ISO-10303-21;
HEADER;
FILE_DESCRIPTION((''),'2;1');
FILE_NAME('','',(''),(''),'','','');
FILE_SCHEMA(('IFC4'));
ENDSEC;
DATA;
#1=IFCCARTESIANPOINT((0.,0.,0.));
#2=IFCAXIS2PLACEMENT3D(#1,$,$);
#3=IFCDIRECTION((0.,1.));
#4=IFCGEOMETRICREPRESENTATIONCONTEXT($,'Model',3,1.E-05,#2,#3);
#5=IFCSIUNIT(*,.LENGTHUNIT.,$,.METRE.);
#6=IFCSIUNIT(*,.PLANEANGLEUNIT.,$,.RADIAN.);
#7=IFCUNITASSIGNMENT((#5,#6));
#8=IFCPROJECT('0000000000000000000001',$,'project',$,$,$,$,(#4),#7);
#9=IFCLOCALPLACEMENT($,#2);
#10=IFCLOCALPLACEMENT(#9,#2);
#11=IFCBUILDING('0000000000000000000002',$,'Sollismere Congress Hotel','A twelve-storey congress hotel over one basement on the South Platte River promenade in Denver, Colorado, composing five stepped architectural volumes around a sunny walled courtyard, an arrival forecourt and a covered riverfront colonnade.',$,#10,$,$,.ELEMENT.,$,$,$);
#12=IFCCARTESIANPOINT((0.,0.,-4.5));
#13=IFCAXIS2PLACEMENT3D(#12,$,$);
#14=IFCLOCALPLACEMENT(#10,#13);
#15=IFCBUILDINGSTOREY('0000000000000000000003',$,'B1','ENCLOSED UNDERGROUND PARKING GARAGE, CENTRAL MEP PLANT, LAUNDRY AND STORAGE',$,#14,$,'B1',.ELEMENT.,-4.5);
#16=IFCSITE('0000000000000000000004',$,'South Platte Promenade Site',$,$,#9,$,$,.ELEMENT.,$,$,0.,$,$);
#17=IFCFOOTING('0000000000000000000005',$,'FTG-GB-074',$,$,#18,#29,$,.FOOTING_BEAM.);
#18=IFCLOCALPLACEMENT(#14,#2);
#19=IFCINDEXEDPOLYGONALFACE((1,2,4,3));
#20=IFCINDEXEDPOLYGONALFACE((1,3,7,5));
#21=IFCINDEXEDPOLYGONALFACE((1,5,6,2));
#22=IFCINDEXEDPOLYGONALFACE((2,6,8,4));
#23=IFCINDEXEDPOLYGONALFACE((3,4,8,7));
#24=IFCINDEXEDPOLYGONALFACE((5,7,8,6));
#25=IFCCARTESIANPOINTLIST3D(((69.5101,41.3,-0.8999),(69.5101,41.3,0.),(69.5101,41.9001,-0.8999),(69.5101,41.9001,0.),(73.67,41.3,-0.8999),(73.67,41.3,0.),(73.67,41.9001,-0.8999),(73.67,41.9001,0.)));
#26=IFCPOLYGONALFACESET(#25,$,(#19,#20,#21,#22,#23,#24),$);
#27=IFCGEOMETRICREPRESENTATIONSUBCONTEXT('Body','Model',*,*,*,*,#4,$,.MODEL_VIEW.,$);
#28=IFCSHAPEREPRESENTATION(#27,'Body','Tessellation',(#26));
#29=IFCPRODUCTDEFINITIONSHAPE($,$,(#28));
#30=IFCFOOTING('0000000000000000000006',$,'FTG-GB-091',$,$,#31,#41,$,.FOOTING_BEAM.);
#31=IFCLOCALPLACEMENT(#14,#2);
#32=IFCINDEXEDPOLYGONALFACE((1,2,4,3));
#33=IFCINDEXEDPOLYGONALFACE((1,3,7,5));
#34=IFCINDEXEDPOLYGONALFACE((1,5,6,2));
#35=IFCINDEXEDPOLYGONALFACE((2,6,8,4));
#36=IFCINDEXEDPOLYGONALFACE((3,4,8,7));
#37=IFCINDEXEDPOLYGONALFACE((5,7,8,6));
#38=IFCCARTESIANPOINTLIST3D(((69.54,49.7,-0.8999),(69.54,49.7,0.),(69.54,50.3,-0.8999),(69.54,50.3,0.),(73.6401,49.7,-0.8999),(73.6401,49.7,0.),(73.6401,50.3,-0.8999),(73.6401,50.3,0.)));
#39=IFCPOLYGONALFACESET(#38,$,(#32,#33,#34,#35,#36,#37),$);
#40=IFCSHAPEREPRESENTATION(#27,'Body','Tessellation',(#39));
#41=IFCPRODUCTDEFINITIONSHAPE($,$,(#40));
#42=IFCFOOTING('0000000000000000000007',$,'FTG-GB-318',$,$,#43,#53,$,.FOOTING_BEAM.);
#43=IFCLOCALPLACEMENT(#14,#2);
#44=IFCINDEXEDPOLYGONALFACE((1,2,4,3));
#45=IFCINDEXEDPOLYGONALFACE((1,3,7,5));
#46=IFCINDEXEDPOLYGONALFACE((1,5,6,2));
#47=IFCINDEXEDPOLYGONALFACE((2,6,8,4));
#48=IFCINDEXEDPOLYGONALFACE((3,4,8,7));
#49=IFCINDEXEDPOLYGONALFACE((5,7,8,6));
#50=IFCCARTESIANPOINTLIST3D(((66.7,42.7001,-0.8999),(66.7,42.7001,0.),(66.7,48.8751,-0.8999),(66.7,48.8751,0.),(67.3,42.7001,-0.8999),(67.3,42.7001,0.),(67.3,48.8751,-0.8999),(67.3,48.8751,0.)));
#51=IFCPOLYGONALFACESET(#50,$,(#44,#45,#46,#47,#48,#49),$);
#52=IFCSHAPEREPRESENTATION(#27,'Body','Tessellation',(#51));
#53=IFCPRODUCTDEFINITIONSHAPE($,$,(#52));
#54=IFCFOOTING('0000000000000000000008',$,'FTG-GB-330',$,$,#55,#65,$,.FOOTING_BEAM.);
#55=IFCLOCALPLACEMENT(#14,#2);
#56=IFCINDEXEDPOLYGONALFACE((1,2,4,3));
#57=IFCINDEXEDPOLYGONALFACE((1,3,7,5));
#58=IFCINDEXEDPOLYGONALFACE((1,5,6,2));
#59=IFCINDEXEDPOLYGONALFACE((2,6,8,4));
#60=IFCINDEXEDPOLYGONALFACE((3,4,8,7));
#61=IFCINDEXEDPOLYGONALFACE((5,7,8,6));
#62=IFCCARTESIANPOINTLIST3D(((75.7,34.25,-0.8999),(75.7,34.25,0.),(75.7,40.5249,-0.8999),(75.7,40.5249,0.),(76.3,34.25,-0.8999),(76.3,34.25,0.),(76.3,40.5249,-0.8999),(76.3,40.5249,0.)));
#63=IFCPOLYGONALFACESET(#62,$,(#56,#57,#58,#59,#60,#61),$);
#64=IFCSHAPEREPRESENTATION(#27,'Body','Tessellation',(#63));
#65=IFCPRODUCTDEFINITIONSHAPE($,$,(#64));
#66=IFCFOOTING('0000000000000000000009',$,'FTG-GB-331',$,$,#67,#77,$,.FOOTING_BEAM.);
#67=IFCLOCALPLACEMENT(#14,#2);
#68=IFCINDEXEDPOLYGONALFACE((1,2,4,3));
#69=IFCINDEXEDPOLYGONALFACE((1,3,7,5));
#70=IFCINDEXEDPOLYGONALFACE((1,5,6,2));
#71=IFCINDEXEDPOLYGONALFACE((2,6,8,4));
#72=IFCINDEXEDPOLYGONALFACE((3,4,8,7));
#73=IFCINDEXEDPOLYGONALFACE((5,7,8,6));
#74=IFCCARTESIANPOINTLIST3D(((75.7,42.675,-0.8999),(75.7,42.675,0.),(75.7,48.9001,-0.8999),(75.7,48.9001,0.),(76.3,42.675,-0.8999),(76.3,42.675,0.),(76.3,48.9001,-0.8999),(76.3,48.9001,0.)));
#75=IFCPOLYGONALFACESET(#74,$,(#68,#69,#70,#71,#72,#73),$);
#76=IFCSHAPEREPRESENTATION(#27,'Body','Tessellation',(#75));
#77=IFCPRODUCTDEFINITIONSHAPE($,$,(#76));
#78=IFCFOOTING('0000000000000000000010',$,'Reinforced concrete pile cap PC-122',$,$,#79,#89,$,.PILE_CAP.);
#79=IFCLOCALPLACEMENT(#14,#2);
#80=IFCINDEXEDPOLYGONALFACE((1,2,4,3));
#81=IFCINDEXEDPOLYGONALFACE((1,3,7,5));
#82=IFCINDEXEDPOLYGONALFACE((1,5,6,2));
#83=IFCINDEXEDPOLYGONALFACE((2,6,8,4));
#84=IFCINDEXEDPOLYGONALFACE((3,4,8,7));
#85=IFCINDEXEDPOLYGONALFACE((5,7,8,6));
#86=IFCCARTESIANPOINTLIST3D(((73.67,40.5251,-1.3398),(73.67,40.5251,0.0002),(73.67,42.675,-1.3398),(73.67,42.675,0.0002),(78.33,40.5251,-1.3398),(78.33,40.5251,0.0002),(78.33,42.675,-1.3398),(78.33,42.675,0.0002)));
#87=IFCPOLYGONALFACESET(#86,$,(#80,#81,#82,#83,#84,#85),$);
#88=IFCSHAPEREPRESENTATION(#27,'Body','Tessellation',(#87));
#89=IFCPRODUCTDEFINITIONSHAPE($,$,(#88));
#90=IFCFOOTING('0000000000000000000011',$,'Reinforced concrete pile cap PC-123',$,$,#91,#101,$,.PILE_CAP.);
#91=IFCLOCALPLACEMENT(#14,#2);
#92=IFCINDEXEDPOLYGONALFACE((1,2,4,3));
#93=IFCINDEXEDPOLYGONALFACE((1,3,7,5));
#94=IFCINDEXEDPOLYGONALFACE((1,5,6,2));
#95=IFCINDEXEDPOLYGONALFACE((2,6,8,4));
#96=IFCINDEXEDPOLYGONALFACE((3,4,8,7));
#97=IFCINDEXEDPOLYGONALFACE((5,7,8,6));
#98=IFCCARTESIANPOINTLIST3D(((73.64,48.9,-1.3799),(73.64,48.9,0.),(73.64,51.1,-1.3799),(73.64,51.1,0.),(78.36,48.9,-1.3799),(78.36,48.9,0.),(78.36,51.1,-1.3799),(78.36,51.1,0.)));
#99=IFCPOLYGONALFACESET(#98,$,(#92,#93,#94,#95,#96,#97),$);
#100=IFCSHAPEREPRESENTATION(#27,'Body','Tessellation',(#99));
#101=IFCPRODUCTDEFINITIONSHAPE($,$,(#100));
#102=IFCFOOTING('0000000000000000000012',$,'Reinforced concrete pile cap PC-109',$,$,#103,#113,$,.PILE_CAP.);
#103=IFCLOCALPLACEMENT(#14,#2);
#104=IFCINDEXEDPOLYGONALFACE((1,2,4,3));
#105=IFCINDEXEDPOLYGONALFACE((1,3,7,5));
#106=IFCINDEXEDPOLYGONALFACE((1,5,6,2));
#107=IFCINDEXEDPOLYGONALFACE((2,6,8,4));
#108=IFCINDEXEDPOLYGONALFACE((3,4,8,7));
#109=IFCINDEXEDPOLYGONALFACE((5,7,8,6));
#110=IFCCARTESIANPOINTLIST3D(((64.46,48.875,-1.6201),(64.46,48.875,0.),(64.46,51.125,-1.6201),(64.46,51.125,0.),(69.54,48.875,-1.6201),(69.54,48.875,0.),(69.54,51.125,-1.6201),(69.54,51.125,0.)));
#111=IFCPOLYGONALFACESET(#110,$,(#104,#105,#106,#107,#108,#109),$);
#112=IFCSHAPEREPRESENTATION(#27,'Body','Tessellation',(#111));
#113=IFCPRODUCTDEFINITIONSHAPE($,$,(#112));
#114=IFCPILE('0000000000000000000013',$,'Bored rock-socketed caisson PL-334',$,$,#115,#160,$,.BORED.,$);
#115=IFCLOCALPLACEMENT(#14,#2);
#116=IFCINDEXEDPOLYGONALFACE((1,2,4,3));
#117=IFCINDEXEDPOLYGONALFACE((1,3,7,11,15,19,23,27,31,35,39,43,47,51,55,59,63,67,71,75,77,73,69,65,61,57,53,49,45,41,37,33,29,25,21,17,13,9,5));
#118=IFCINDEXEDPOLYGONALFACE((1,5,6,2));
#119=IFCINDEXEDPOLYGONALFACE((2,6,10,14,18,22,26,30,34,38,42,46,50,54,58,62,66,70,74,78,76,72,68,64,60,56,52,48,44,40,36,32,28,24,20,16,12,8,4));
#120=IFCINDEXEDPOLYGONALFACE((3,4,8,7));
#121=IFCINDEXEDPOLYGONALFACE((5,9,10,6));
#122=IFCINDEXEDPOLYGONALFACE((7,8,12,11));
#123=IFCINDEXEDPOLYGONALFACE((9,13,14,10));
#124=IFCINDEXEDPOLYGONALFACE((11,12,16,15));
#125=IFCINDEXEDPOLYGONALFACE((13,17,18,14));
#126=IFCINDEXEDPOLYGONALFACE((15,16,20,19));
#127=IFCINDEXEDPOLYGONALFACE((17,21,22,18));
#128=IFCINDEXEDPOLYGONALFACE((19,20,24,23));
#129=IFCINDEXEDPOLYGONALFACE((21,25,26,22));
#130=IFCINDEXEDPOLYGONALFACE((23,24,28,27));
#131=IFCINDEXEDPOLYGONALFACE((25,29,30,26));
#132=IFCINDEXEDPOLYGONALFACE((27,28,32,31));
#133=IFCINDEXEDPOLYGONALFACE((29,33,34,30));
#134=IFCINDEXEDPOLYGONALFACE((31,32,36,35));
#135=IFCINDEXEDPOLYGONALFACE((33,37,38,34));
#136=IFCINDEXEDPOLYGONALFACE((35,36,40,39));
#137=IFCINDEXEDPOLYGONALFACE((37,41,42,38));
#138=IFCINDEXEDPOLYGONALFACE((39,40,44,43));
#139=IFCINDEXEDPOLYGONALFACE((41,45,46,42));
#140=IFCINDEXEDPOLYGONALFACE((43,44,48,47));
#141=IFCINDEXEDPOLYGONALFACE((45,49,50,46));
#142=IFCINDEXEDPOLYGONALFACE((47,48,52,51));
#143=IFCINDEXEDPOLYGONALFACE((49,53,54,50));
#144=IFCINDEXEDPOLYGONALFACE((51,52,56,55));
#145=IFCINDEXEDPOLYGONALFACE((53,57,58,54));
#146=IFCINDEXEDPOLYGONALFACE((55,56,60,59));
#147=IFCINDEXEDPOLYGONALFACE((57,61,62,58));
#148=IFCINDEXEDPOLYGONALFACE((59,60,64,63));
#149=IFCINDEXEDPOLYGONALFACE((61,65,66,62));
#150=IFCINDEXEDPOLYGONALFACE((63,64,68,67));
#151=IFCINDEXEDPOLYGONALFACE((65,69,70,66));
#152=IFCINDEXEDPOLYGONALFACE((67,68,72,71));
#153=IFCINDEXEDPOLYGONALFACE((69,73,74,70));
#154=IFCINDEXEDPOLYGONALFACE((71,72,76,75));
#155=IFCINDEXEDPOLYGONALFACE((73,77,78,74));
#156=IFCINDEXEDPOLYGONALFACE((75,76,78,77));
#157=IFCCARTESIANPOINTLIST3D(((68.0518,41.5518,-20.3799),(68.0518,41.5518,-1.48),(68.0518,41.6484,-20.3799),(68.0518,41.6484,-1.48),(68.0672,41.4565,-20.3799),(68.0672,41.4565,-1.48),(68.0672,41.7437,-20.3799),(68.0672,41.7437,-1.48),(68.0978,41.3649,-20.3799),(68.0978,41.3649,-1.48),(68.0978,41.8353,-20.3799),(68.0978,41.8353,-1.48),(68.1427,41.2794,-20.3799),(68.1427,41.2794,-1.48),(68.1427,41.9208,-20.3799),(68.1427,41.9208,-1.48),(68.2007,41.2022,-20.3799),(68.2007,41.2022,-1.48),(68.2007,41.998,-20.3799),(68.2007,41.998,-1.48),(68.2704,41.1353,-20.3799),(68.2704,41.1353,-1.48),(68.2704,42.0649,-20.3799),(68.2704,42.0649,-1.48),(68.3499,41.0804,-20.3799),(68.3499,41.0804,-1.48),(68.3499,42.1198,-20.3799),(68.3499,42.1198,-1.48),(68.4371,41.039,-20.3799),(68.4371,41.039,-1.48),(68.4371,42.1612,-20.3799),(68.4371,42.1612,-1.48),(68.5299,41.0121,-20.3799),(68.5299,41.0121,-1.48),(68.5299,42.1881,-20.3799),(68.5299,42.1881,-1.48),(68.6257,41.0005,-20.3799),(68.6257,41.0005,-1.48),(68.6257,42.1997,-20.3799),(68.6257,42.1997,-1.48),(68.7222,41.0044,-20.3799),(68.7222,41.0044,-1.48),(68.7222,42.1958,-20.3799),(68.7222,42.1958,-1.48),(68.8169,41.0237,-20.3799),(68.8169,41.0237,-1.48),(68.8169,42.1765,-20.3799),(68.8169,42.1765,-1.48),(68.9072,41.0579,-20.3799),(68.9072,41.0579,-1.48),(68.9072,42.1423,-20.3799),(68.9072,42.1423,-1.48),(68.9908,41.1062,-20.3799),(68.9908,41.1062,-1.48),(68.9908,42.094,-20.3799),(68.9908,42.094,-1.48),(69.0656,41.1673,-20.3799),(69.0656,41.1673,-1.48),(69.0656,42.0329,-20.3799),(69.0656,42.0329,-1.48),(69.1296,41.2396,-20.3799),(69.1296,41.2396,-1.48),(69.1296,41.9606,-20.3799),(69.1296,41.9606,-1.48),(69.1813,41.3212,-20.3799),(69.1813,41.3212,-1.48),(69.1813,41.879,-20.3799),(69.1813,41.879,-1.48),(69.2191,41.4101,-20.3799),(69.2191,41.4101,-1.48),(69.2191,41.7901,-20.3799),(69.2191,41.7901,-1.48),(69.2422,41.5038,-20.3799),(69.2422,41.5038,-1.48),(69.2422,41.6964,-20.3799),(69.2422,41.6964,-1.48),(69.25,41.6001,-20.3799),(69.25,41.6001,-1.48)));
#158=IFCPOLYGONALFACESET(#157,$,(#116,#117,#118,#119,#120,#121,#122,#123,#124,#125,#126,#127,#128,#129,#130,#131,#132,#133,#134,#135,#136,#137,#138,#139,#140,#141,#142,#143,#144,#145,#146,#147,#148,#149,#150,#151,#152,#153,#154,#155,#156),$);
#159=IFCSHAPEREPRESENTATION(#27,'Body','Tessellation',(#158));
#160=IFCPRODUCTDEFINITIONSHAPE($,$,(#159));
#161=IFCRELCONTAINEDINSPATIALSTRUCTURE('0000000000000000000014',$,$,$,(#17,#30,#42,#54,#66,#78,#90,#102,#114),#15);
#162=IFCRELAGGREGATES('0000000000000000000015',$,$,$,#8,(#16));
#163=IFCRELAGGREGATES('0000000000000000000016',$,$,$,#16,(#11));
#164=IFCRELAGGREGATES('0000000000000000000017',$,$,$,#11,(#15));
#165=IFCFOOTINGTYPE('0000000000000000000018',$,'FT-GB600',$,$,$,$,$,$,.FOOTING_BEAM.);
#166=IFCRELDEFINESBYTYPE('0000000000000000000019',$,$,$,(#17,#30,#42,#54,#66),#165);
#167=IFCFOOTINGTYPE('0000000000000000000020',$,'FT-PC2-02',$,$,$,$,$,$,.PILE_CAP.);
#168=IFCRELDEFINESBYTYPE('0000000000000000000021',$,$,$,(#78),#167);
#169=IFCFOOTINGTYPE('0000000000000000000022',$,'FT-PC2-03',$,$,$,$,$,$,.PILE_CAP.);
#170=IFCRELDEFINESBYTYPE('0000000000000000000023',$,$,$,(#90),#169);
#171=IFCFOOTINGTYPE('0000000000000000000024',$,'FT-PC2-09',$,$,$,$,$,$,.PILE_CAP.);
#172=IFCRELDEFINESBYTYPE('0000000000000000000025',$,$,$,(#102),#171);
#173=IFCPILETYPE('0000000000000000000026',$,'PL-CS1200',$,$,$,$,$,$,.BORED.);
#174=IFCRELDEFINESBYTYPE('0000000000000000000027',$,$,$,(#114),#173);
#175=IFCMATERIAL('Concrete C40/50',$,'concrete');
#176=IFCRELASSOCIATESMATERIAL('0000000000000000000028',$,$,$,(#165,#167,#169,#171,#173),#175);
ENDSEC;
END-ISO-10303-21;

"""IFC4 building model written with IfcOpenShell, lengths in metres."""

from ifc_helpers import new_model, si_unit, direction, frame, origin, origin_2d, place, context, subcontext, project, spatial, rectangle, circle, extrude, material, material_profile, profile_set, type_object, element, save


model = new_model("IFC4")

# Units and contexts
model_context = context("Model", 3, precision=1e-05, world=origin(), true_north=direction((0.0, 1.0)))
body_context = subcontext(model_context, "Body", "Model", "MODEL_VIEW")
ifc_project = project(units=[si_unit("LENGTHUNIT", "METRE"), si_unit("PLANEANGLEUNIT", "RADIAN")], contexts=[model_context])

# Site, building, storey
site_placement = place(None, origin())
site = spatial("IfcSite", under=ifc_project, at=site_placement, Name="South Platte Promenade Site", CompositionType="ELEMENT", RefElevation=0.0)
building_placement = place(site_placement, origin())
building = spatial("IfcBuilding", under=site, at=building_placement, Name="Sollismere Congress Hotel", Description="A twelve-storey congress hotel over one basement on the South Platte River promenade in Denver, Colorado, composing five stepped architectural volumes around a sunny walled courtyard, an arrival forecourt and a covered riverfront colonnade.", CompositionType="ELEMENT")
storey_placement = place(building_placement, frame((0.0, 0.0, -4.5)))
storey = spatial("IfcBuildingStorey", under=building, at=storey_placement, Name="B1", Description="ENCLOSED UNDERGROUND PARKING GARAGE, CENTRAL MEP PLANT, LAUNDRY AND STORAGE", LongName="B1", CompositionType="ELEMENT", Elevation=-4.5)

# Footings
ifc_material_1 = material(Name="Concrete C40/50", Category="concrete")
footing_type_1 = type_object("IfcFootingType", Name="FT-GB600", PredefinedType="FOOTING_BEAM", material=ifc_material_1)
footing_1_placement = place(storey_placement, frame((71.5901, 41.6001, -0.8999), z_axis=(0.0, 0.0, 1.0), x_axis=(1.0, 0.0, 0.0)))
element("IfcFooting", 1, at=footing_1_placement, inside=storey, type_object=footing_type_1, Name="FTG-GB-074", PredefinedType="FOOTING_BEAM", context=body_context, shape_type="SweptSolid", body=[
    extrude(rectangle(XDim=4.1599, YDim=0.6001, at=origin_2d()), origin(), (0.0, 0.0, 1.0), 0.8999),
])
footing_2_placement = place(storey_placement, frame((71.5901, 50.0, -0.8999), z_axis=(0.0, 0.0, 1.0), x_axis=(1.0, 0.0, 0.0)))
element("IfcFooting", 2, at=footing_2_placement, inside=storey, type_object=footing_type_1, Name="FTG-GB-091", PredefinedType="FOOTING_BEAM", context=body_context, shape_type="SweptSolid", body=[
    extrude(rectangle(XDim=4.1001, YDim=0.6001, at=origin_2d()), origin(), (0.0, 0.0, 1.0), 0.8999),
])
footing_3_placement = place(storey_placement, frame((67.0, 45.7876, -0.8999), z_axis=(0.0, 0.0, 1.0), x_axis=(0.0, 1.0, 0.0)))
element("IfcFooting", 3, at=footing_3_placement, inside=storey, type_object=footing_type_1, Name="FTG-GB-318", PredefinedType="FOOTING_BEAM", context=body_context, shape_type="SweptSolid", body=[
    extrude(rectangle(XDim=6.175, YDim=0.6001, at=origin_2d()), origin(), (0.0, 0.0, 1.0), 0.8999),
])
footing_4_placement = place(storey_placement, frame((76.0, 37.3875, -0.8999), z_axis=(0.0, 0.0, 1.0), x_axis=(0.0, 1.0, 0.0)))
element("IfcFooting", 4, at=footing_4_placement, inside=storey, type_object=footing_type_1, Name="FTG-GB-330", PredefinedType="FOOTING_BEAM", context=body_context, shape_type="SweptSolid", body=[
    extrude(rectangle(XDim=6.2749, YDim=0.6001, at=origin_2d()), origin(), (0.0, 0.0, 1.0), 0.8999),
])
footing_5_placement = place(storey_placement, frame((76.0, 45.7876, -0.8999), z_axis=(0.0, 0.0, 1.0), x_axis=(0.0, 1.0, 0.0)))
element("IfcFooting", 5, at=footing_5_placement, inside=storey, type_object=footing_type_1, Name="FTG-GB-331", PredefinedType="FOOTING_BEAM", context=body_context, shape_type="SweptSolid", body=[
    extrude(rectangle(XDim=6.2251, YDim=0.6001, at=origin_2d()), origin(), (0.0, 0.0, 1.0), 0.8999),
])
footing_type_2 = type_object("IfcFootingType", Name="FT-PC2-02", PredefinedType="PILE_CAP", material=ifc_material_1)
footing_6_placement = place(storey_placement, frame((76.0, 41.6001, -1.3398), z_axis=(0.0, 0.0, 1.0), x_axis=(1.0, 0.0, 0.0)))
element("IfcFooting", 6, at=footing_6_placement, inside=storey, type_object=footing_type_2, Name="Reinforced concrete pile cap PC-122", PredefinedType="PILE_CAP", context=body_context, shape_type="SweptSolid", body=[
    extrude(rectangle(XDim=4.6599, YDim=2.1499, at=origin_2d()), origin(), (0.0, 0.0, 1.0), 1.3401),
])
footing_type_3 = type_object("IfcFootingType", Name="FT-PC2-03", PredefinedType="PILE_CAP", material=ifc_material_1)
footing_7_placement = place(storey_placement, frame((76.0, 50.0, -1.3799), z_axis=(0.0, 0.0, 1.0), x_axis=(1.0, 0.0, 0.0)))
element("IfcFooting", 7, at=footing_7_placement, inside=storey, type_object=footing_type_3, Name="Reinforced concrete pile cap PC-123", PredefinedType="PILE_CAP", context=body_context, shape_type="SweptSolid", body=[
    extrude(rectangle(XDim=4.72, YDim=2.2, at=origin_2d()), origin(), (0.0, 0.0, 1.0), 1.3799),
])
footing_type_4 = type_object("IfcFootingType", Name="FT-PC2-09", PredefinedType="PILE_CAP", material=ifc_material_1)
footing_8_placement = place(storey_placement, frame((67.0, 50.0, -1.6201), z_axis=(0.0, 0.0, 1.0), x_axis=(1.0, 0.0, 0.0)))
element("IfcFooting", 8, at=footing_8_placement, inside=storey, type_object=footing_type_4, Name="Reinforced concrete pile cap PC-109", PredefinedType="PILE_CAP", context=body_context, shape_type="SweptSolid", body=[
    extrude(rectangle(XDim=5.0801, YDim=2.25, at=origin_2d()), origin(), (0.0, 0.0, 1.0), 1.6201),
])

# Pile
ifc_material_profile_1 = material_profile(ifc_material_1, circle(Radius=0.6001, at=origin_2d()), Name="CAISSON1200")
ifc_profile_set_1 = profile_set([ifc_material_profile_1], Name="Concrete C40/50")
pile_type = type_object("IfcPileType", Name="PL-CS1200", PredefinedType="BORED", material=ifc_profile_set_1)
pile_1_placement = place(storey_placement, frame((68.6499, 41.6001, -1.48), z_axis=(0.0, 0.0, -1.0), x_axis=(1.0, 0.0, 0.0)))
element("IfcPile", 9, at=pile_1_placement, inside=storey, type_object=pile_type, Name="Bored rock-socketed caisson PL-334", PredefinedType="BORED", context=body_context, shape_type="SweptSolid", body=[
    extrude(circle(Radius=0.6001, at=origin_2d()), origin(), (0.0, 0.0, 1.0), 18.8999),
])

save(model, "model.ifc")
